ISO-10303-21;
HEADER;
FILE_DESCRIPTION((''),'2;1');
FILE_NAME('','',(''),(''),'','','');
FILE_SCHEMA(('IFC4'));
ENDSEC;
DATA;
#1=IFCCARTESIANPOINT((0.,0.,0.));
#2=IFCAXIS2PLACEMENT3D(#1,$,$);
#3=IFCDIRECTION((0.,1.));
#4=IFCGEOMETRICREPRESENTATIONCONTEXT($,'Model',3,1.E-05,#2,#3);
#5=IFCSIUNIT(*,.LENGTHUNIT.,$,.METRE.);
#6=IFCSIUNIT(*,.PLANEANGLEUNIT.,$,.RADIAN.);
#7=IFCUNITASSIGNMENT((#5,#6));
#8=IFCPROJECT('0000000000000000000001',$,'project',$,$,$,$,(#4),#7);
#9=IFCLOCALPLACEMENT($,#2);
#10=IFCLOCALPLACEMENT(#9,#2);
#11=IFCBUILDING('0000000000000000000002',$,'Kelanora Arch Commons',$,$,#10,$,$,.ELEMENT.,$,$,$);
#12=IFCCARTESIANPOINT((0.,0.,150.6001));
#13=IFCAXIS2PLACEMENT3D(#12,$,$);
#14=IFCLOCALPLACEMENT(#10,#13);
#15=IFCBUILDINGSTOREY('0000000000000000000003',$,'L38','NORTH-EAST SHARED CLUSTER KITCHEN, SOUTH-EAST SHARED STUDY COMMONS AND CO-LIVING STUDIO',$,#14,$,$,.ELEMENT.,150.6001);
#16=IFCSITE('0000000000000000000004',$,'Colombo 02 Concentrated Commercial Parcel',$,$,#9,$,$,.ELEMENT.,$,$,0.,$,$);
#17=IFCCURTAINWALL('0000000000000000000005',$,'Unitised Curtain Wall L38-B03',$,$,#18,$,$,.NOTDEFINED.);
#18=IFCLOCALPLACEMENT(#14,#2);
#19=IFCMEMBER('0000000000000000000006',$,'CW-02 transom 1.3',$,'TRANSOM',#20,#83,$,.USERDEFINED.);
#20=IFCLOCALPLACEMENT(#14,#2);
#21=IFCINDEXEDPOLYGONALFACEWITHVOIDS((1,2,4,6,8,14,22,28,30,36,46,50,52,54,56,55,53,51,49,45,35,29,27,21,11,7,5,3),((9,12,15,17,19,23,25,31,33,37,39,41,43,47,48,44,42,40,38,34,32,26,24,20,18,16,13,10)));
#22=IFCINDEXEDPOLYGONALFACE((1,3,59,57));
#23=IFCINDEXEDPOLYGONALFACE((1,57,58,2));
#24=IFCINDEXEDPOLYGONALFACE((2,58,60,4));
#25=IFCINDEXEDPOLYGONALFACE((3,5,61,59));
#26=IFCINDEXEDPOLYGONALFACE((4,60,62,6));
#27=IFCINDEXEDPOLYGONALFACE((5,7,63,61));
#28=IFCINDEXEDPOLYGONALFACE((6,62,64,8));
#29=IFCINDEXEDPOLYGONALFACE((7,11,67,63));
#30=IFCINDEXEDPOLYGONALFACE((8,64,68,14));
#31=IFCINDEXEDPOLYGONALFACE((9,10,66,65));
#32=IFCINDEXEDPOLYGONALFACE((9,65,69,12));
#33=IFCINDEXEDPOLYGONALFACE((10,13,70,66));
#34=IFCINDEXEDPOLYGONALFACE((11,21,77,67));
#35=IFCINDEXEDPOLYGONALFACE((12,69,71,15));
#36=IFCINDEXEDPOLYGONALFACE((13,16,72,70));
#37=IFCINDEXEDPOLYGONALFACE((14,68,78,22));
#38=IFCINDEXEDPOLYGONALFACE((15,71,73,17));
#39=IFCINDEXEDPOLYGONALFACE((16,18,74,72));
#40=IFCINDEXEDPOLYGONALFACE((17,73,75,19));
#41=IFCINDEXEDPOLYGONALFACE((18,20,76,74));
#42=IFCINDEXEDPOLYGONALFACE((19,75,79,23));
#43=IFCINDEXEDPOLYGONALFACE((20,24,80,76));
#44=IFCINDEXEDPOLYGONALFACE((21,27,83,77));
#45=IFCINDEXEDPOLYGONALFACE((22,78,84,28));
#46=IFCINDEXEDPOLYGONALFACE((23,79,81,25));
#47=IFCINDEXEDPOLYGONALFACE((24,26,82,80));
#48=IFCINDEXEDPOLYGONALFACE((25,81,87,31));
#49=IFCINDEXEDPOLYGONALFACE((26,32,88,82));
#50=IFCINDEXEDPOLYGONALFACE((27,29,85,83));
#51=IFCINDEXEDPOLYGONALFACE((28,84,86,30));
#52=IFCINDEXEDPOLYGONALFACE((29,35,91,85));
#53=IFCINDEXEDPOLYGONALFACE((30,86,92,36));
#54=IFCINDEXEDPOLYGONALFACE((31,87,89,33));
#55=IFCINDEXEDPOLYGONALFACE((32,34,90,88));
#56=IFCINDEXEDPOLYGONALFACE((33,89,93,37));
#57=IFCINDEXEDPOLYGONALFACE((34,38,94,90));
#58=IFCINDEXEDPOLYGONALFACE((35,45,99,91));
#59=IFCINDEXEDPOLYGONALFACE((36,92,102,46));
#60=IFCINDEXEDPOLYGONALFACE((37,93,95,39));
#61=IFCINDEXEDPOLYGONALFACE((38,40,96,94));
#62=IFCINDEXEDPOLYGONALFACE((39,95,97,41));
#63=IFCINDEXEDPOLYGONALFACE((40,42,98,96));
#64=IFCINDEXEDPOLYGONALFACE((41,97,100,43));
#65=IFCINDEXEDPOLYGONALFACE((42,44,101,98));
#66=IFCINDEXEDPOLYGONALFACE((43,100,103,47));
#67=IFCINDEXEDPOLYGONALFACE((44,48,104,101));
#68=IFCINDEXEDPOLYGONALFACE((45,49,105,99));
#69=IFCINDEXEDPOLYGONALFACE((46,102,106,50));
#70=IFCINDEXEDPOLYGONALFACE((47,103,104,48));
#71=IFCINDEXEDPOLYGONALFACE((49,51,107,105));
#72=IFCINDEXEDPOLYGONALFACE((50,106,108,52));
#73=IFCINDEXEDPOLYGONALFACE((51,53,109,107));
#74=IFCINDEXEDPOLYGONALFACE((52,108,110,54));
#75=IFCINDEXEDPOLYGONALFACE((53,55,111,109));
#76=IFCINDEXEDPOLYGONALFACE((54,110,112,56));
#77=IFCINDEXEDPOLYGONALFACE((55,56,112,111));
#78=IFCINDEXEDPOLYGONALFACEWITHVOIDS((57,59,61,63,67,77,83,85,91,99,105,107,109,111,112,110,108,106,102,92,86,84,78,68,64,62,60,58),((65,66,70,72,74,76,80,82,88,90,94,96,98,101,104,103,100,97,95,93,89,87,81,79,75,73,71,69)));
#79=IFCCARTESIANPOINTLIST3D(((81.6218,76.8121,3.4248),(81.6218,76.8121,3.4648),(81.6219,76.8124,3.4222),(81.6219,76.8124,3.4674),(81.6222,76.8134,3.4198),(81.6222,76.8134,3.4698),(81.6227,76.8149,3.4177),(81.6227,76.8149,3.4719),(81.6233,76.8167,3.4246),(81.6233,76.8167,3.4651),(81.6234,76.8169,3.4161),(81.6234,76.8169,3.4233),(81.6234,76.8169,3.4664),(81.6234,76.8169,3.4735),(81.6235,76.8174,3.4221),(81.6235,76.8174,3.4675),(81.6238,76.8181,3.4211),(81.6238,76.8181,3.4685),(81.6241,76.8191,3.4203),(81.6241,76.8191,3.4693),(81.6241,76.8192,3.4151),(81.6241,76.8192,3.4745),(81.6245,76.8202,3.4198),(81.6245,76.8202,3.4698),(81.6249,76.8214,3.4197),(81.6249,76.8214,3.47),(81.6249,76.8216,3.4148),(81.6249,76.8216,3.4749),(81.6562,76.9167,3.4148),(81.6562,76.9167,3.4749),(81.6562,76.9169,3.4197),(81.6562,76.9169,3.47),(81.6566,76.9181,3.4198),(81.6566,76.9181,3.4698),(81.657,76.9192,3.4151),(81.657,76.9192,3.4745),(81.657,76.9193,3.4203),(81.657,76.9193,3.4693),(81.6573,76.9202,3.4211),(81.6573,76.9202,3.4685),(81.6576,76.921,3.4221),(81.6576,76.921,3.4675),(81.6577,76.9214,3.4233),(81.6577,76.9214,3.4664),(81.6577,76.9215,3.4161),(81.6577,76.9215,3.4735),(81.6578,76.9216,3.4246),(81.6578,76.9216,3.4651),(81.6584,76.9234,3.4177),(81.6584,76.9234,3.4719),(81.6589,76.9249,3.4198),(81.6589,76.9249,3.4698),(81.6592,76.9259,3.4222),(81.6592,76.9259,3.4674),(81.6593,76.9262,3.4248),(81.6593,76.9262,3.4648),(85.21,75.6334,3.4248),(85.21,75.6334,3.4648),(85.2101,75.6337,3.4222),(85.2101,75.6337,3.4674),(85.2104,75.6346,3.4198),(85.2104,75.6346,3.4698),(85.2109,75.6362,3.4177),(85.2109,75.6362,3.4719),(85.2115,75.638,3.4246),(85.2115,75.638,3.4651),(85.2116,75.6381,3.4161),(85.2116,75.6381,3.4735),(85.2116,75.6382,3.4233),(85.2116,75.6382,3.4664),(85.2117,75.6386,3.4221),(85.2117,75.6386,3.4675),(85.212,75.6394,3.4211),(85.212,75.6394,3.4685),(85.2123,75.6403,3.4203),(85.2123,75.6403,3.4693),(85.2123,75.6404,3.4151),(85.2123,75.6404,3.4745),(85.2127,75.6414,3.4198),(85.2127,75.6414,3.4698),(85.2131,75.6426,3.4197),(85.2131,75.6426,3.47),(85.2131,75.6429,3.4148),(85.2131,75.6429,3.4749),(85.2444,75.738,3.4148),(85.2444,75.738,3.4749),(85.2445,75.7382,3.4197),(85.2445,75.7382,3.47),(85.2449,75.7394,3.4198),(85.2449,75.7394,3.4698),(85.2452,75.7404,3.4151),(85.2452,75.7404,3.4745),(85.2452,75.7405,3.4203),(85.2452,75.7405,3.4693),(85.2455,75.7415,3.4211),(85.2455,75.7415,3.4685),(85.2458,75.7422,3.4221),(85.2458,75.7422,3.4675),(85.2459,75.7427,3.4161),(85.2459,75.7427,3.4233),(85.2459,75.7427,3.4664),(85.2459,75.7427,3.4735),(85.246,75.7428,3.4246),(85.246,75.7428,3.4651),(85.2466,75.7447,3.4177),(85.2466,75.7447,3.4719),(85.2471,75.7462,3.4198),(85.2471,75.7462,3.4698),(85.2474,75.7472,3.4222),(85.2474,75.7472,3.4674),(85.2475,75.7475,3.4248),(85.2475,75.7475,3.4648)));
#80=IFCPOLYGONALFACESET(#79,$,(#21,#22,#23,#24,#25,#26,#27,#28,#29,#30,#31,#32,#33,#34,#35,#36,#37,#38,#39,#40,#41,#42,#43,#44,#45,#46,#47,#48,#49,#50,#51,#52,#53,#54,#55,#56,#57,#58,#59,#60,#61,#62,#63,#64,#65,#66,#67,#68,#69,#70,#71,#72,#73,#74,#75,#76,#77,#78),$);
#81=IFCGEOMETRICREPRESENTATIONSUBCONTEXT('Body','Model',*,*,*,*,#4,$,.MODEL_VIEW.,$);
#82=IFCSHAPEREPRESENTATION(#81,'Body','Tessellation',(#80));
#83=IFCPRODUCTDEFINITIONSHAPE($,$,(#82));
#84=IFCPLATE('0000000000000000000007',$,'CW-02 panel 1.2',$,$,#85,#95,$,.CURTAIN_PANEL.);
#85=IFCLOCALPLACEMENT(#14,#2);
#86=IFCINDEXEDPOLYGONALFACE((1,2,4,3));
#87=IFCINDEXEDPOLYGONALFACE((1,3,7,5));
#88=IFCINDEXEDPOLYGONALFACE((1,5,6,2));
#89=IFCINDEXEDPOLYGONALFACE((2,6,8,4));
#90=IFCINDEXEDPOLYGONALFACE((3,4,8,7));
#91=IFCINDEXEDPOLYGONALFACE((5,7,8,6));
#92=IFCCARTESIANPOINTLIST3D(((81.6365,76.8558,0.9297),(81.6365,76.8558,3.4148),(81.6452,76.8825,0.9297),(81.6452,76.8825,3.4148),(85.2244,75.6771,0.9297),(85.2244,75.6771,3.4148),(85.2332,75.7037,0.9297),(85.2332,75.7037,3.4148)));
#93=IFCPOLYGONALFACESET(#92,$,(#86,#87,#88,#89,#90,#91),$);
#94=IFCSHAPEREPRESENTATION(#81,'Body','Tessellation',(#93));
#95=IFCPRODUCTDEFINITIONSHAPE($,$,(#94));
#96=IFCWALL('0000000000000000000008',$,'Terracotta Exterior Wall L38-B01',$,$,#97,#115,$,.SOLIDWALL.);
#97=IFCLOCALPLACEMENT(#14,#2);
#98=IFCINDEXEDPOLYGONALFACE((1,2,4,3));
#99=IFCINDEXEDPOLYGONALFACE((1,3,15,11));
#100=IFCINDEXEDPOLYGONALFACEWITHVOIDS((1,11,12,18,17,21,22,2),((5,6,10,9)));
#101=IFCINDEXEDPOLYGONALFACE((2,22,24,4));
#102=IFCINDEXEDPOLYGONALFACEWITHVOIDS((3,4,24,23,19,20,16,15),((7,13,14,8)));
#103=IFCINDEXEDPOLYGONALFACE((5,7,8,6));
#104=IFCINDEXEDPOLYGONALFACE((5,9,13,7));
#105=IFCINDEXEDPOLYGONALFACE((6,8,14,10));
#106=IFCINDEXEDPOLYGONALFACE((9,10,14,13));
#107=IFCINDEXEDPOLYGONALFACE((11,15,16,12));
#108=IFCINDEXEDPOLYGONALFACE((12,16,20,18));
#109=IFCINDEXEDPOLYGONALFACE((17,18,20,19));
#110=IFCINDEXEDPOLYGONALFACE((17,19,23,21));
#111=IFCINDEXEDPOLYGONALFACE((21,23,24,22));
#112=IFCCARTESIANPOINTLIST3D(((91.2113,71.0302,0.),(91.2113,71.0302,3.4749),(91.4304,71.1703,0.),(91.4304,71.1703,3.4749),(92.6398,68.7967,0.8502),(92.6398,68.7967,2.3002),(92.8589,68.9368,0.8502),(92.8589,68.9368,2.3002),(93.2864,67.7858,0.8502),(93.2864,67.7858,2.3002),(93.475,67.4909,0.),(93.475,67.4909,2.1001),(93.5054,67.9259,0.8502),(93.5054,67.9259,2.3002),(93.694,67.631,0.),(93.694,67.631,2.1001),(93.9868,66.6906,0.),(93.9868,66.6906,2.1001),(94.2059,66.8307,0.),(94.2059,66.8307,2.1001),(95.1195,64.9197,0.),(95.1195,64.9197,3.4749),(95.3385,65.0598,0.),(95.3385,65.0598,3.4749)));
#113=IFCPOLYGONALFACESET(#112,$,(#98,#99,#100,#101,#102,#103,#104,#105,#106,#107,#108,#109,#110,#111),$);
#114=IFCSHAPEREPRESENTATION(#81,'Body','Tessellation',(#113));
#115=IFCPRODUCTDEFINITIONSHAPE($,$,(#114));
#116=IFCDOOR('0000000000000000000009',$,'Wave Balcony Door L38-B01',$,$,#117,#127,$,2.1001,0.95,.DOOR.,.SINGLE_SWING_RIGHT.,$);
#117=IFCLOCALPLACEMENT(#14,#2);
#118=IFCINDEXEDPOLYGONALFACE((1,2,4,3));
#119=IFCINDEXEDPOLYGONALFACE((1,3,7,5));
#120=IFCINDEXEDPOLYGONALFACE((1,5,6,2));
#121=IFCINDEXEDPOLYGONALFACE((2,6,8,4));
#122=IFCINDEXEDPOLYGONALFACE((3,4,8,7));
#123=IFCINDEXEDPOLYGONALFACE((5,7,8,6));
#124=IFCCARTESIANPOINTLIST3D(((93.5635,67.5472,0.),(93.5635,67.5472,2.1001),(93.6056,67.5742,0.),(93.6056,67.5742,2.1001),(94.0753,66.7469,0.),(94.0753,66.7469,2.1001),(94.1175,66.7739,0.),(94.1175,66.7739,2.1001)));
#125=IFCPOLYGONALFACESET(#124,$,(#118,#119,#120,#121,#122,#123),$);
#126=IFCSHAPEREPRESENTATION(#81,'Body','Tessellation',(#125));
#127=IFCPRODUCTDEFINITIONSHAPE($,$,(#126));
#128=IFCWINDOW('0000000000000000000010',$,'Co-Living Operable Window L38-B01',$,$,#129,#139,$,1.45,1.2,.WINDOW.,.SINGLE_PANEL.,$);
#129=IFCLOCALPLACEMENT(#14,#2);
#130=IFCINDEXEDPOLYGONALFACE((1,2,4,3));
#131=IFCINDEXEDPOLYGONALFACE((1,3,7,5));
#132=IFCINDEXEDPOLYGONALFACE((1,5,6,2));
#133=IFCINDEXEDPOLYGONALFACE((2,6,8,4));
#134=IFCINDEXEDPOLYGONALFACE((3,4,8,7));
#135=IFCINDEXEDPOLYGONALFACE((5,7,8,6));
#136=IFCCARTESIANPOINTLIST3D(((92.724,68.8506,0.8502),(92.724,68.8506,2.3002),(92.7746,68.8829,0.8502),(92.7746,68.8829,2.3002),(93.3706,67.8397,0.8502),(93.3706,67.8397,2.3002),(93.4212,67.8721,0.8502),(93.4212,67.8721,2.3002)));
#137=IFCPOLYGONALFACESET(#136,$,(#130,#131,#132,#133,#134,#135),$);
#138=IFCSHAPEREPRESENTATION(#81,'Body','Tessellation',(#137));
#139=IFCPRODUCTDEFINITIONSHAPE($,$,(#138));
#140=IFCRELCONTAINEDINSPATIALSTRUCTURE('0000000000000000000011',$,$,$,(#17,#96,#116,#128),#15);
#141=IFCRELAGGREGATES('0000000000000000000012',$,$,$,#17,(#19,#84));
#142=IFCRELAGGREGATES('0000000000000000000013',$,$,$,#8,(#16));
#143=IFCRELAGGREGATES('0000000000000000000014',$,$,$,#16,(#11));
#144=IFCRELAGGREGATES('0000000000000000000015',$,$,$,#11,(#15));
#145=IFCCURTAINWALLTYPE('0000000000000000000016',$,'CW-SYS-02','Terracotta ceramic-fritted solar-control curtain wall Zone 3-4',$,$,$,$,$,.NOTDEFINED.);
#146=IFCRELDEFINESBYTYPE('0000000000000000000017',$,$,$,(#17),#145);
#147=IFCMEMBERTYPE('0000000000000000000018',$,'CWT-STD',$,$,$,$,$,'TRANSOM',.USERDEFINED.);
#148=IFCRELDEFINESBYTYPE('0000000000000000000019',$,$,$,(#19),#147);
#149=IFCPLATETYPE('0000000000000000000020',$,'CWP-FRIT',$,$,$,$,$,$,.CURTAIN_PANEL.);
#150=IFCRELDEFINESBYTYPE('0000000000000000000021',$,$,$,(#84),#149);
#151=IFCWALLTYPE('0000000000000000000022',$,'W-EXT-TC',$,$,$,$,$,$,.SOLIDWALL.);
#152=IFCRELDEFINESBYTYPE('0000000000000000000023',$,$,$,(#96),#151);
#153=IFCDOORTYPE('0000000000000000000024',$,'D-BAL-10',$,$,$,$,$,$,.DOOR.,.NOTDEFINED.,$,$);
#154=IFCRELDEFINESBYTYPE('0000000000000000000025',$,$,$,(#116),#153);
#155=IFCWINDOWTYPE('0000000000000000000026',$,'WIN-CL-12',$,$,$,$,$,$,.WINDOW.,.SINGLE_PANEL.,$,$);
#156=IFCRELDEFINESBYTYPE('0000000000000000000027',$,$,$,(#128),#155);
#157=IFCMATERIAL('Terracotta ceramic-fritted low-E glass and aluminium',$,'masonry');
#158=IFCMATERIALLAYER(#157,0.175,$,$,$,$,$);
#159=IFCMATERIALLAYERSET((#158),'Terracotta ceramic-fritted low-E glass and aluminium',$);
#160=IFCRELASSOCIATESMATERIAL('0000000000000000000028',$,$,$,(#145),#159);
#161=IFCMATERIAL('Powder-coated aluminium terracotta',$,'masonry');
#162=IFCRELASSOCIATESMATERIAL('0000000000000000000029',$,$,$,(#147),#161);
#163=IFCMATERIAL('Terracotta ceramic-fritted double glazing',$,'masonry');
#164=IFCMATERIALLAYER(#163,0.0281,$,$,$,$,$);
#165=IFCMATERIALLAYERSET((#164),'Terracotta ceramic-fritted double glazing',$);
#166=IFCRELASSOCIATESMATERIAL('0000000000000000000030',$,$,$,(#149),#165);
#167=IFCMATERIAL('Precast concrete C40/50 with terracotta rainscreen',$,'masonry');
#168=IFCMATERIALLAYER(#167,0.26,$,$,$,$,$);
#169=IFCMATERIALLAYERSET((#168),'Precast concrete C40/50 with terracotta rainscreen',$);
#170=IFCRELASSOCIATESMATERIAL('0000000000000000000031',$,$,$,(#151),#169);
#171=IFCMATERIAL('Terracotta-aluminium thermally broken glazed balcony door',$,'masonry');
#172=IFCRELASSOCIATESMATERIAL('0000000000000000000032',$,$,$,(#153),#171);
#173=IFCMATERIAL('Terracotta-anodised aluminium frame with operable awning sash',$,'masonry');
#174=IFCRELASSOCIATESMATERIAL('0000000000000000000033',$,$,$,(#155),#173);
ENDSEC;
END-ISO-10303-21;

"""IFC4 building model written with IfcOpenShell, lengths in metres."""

from ifc_helpers import new_model, si_unit, direction, frame, frame_2d, origin, origin_2d, place, context, subcontext, project, spatial, rectangle, hollow_rectangle, extrude, source, transform, mapped, material, layer, layer_set, material_profile, profile_set, type_object, element, fill, aggregate, save


model = new_model("IFC4")

# Units and contexts
model_context = context("Model", 3, precision=1e-05, world=origin(), true_north=direction((0.0, 1.0)))
body_context = subcontext(model_context, "Body", "Model", "MODEL_VIEW")
ifc_project = project(units=[si_unit("LENGTHUNIT", "METRE"), si_unit("PLANEANGLEUNIT", "RADIAN")], contexts=[model_context])

# Site, building, storey
site_placement = place(None, origin())
site = spatial("IfcSite", under=ifc_project, at=site_placement, Name="Colombo 02 Concentrated Commercial Parcel", CompositionType="ELEMENT", RefElevation=0.0)
building_placement = place(site_placement, origin())
building = spatial("IfcBuilding", under=site, at=building_placement, Name="Kelanora Arch Commons", CompositionType="ELEMENT")
storey_placement = place(building_placement, frame((0.0, 0.0, 150.6001)))
storey = spatial("IfcBuildingStorey", under=building, at=storey_placement, Name="L38", Description="NORTH-EAST SHARED CLUSTER KITCHEN, SOUTH-EAST SHARED STUDY COMMONS AND CO-LIVING STUDIO", CompositionType="ELEMENT", Elevation=150.6001)

# Shared definitions
ifc_material_1 = material(Name="Terracotta ceramic-fritted low-E glass and aluminium", Category="masonry")
ifc_layer_1 = layer(ifc_material_1, 0.175)
ifc_layer_set_1 = layer_set([ifc_layer_1], Name="Terracotta ceramic-fritted low-E glass and aluminium")
curtain_wall_type = type_object("IfcCurtainWallType", Name="CW-SYS-02", Description="Terracotta ceramic-fritted solar-control curtain wall Zone 3-4", PredefinedType="NOTDEFINED", material=ifc_layer_set_1)
ifc_material_2 = material(Name="Powder-coated aluminium terracotta", Category="masonry")

# Curtain wall, member, plate
curtain_wall_1_placement = place(storey_placement, origin())
curtain_wall_1 = element("IfcCurtainWall", 1, at=curtain_wall_1_placement, inside=storey, type_object=curtain_wall_type, Name="Unitised Curtain Wall L38-B03", PredefinedType="NOTDEFINED")
ifc_material_profile_1 = material_profile(ifc_material_2, hollow_rectangle(XDim=0.1201, YDim=0.0601, WallThickness=0.0049, InnerFilletRadius=0.0049, OuterFilletRadius=0.01, at=origin_2d()), Name="CWT120x60")
ifc_profile_set_1 = profile_set([ifc_material_profile_1], Name="Powder-coated aluminium terracotta")
member_type_1 = type_object("IfcMemberType", Name="CWT-STD", ElementType="TRANSOM", PredefinedType="USERDEFINED", material=ifc_profile_set_1)
member_1_placement = place(storey_placement, frame((85.2288, 75.6904, 3.4448), z_axis=(-0.950051, 0.312094, 0.0), x_axis=(-0.312094, -0.950051, 0.0)))
member_1 = element("IfcMember", 2, at=member_1_placement, type_object=member_type_1, Name="CW-02 transom 1.3", ObjectType="TRANSOM", PredefinedType="USERDEFINED", context=body_context, shape_type="SweptSolid", body=[
    extrude(hollow_rectangle(XDim=0.1201, YDim=0.0601, WallThickness=0.0049, InnerFilletRadius=0.0049, OuterFilletRadius=0.01, at=origin_2d()), origin(), (0.0, 0.0, 1.0), 3.7769),
])
ifc_material_3 = material(Name="Terracotta ceramic-fritted double glazing", Category="masonry")
ifc_layer_2 = layer(ifc_material_3, 0.0281)
ifc_layer_set_2 = layer_set([ifc_layer_2], Name="Terracotta ceramic-fritted double glazing")
plate_type = type_object("IfcPlateType", Name="CWP-FRIT", PredefinedType="CURTAIN_PANEL", material=ifc_layer_set_2)
shared_shape_1 = source(origin(), body_context, "Body", "SweptSolid", [
    extrude(rectangle(XDim=3.7766, YDim=0.0281, at=origin_2d()), origin(), (0.0, 0.0, 1.0), 2.4851),
])
plate_placement = place(storey_placement, frame((83.4348, 76.2798, 0.9297), z_axis=(0.0, 0.0, 1.0), x_axis=(-0.95004, 0.312128, 0.0)))
plate = element("IfcPlate", 3, at=plate_placement, type_object=plate_type, Name="CW-02 panel 1.2", PredefinedType="CURTAIN_PANEL", context=body_context, shape_type="MappedRepresentation", body=[
    mapped(shared_shape_1, transform((0.0, 0.0, 0.0), scale=1.0)),
])
aggregate(curtain_wall_1, [member_1, plate])

# Wall, openings, door, window
ifc_material_4 = material(Name="Precast concrete C40/50 with terracotta rainscreen", Category="masonry")
ifc_layer_3 = layer(ifc_material_4, 0.26)
ifc_layer_set_3 = layer_set([ifc_layer_3], Name="Precast concrete C40/50 with terracotta rainscreen")
wall_type_1 = type_object("IfcWallType", Name="W-EXT-TC", PredefinedType="SOLIDWALL", material=ifc_layer_set_3)
wall_1_placement = place(storey_placement, frame((95.229, 64.9897, 0.0), z_axis=(0.0, 0.0, 1.0), x_axis=(-0.538802, 0.842433, 0.0)))
wall_1 = element("IfcWall", 4, at=wall_1_placement, inside=storey, type_object=wall_type_1, Name="Terracotta Exterior Wall L38-B01", PredefinedType="SOLIDWALL", context=body_context, shape_type="SweptSolid", body=[
    extrude(rectangle(XDim=7.2534, YDim=0.26, at=frame_2d((3.6267, 0.0))), origin(), (0.0, 0.0, 1.0), 3.4749),
])
opening_1_placement = place(wall_1_placement, frame((2.1021, 0.0, 0.0)))
opening_1 = element("IfcOpeningElement", 5, at=opening_1_placement, cuts=wall_1, PredefinedType="OPENING", context=body_context, shape_type="SweptSolid", body=[
    extrude(rectangle(XDim=0.95, YDim=2.1001, at=frame_2d((0.4751, 1.05))), frame((0.0, 0.1401, 0.0), z_axis=(0.0, -1.0, 0.0), x_axis=(1.0, 0.0, 0.0)), (0.0, 0.0, 1.0), 0.28),
])
opening_2_placement = place(wall_1_placement, frame((3.4021, 0.0, 0.8501)))
opening_2 = element("IfcOpeningElement", 6, at=opening_2_placement, cuts=wall_1, PredefinedType="OPENING", context=body_context, shape_type="SweptSolid", body=[
    extrude(rectangle(XDim=1.2, YDim=1.45, at=frame_2d((0.6001, 0.7251))), frame((0.0, 0.1401, 0.0), z_axis=(0.0, -1.0, 0.0), x_axis=(1.0, 0.0, 0.0)), (0.0, 0.0, 1.0), 0.28),
])
ifc_material_5 = material(Name="Terracotta-aluminium thermally broken glazed balcony door", Category="masonry")
door_type = type_object("IfcDoorType", Name="D-BAL-10", OperationType="NOTDEFINED", PredefinedType="DOOR", material=ifc_material_5)
door_1_placement = place(opening_1_placement, frame((0.95, 0.0, 0.0), z_axis=(0.0, 0.0, 1.0), x_axis=(-1.0, 0.0, 0.0)))
door_1 = element("IfcDoor", 7, at=door_1_placement, inside=storey, type_object=door_type, Name="Wave Balcony Door L38-B01", OperationType="SINGLE_SWING_RIGHT", OverallHeight=2.1001, OverallWidth=0.95, PredefinedType="DOOR", context=body_context, shape_type="SweptSolid", body=[
    extrude(rectangle(XDim=0.95, YDim=2.1001, at=frame_2d((0.4751, 1.05))), frame((0.0, 0.0249, 0.0), z_axis=(0.0, -1.0, 0.0), x_axis=(1.0, 0.0, 0.0)), (0.0, 0.0, 1.0), 0.05),
])
fill(opening_1, door_1)
ifc_material_6 = material(Name="Terracotta-anodised aluminium frame with operable awning sash", Category="masonry")
window_type = type_object("IfcWindowType", Name="WIN-CL-12", PartitioningType="SINGLE_PANEL", PredefinedType="WINDOW", material=ifc_material_6)
window_1_placement = place(opening_2_placement, origin())
window_1 = element("IfcWindow", 8, at=window_1_placement, inside=storey, type_object=window_type, Name="Co-Living Operable Window L38-B01", OverallHeight=1.45, OverallWidth=1.2, PartitioningType="SINGLE_PANEL", PredefinedType="WINDOW", context=body_context, shape_type="SweptSolid", body=[
    extrude(rectangle(XDim=1.2, YDim=1.45, at=frame_2d((0.6001, 0.7251))), frame((0.0, 0.03, 0.0), z_axis=(0.0, -1.0, 0.0), x_axis=(1.0, 0.0, 0.0)), (0.0, 0.0, 1.0), 0.0601),
])
fill(opening_2, window_1)

save(model, "model.ifc")
